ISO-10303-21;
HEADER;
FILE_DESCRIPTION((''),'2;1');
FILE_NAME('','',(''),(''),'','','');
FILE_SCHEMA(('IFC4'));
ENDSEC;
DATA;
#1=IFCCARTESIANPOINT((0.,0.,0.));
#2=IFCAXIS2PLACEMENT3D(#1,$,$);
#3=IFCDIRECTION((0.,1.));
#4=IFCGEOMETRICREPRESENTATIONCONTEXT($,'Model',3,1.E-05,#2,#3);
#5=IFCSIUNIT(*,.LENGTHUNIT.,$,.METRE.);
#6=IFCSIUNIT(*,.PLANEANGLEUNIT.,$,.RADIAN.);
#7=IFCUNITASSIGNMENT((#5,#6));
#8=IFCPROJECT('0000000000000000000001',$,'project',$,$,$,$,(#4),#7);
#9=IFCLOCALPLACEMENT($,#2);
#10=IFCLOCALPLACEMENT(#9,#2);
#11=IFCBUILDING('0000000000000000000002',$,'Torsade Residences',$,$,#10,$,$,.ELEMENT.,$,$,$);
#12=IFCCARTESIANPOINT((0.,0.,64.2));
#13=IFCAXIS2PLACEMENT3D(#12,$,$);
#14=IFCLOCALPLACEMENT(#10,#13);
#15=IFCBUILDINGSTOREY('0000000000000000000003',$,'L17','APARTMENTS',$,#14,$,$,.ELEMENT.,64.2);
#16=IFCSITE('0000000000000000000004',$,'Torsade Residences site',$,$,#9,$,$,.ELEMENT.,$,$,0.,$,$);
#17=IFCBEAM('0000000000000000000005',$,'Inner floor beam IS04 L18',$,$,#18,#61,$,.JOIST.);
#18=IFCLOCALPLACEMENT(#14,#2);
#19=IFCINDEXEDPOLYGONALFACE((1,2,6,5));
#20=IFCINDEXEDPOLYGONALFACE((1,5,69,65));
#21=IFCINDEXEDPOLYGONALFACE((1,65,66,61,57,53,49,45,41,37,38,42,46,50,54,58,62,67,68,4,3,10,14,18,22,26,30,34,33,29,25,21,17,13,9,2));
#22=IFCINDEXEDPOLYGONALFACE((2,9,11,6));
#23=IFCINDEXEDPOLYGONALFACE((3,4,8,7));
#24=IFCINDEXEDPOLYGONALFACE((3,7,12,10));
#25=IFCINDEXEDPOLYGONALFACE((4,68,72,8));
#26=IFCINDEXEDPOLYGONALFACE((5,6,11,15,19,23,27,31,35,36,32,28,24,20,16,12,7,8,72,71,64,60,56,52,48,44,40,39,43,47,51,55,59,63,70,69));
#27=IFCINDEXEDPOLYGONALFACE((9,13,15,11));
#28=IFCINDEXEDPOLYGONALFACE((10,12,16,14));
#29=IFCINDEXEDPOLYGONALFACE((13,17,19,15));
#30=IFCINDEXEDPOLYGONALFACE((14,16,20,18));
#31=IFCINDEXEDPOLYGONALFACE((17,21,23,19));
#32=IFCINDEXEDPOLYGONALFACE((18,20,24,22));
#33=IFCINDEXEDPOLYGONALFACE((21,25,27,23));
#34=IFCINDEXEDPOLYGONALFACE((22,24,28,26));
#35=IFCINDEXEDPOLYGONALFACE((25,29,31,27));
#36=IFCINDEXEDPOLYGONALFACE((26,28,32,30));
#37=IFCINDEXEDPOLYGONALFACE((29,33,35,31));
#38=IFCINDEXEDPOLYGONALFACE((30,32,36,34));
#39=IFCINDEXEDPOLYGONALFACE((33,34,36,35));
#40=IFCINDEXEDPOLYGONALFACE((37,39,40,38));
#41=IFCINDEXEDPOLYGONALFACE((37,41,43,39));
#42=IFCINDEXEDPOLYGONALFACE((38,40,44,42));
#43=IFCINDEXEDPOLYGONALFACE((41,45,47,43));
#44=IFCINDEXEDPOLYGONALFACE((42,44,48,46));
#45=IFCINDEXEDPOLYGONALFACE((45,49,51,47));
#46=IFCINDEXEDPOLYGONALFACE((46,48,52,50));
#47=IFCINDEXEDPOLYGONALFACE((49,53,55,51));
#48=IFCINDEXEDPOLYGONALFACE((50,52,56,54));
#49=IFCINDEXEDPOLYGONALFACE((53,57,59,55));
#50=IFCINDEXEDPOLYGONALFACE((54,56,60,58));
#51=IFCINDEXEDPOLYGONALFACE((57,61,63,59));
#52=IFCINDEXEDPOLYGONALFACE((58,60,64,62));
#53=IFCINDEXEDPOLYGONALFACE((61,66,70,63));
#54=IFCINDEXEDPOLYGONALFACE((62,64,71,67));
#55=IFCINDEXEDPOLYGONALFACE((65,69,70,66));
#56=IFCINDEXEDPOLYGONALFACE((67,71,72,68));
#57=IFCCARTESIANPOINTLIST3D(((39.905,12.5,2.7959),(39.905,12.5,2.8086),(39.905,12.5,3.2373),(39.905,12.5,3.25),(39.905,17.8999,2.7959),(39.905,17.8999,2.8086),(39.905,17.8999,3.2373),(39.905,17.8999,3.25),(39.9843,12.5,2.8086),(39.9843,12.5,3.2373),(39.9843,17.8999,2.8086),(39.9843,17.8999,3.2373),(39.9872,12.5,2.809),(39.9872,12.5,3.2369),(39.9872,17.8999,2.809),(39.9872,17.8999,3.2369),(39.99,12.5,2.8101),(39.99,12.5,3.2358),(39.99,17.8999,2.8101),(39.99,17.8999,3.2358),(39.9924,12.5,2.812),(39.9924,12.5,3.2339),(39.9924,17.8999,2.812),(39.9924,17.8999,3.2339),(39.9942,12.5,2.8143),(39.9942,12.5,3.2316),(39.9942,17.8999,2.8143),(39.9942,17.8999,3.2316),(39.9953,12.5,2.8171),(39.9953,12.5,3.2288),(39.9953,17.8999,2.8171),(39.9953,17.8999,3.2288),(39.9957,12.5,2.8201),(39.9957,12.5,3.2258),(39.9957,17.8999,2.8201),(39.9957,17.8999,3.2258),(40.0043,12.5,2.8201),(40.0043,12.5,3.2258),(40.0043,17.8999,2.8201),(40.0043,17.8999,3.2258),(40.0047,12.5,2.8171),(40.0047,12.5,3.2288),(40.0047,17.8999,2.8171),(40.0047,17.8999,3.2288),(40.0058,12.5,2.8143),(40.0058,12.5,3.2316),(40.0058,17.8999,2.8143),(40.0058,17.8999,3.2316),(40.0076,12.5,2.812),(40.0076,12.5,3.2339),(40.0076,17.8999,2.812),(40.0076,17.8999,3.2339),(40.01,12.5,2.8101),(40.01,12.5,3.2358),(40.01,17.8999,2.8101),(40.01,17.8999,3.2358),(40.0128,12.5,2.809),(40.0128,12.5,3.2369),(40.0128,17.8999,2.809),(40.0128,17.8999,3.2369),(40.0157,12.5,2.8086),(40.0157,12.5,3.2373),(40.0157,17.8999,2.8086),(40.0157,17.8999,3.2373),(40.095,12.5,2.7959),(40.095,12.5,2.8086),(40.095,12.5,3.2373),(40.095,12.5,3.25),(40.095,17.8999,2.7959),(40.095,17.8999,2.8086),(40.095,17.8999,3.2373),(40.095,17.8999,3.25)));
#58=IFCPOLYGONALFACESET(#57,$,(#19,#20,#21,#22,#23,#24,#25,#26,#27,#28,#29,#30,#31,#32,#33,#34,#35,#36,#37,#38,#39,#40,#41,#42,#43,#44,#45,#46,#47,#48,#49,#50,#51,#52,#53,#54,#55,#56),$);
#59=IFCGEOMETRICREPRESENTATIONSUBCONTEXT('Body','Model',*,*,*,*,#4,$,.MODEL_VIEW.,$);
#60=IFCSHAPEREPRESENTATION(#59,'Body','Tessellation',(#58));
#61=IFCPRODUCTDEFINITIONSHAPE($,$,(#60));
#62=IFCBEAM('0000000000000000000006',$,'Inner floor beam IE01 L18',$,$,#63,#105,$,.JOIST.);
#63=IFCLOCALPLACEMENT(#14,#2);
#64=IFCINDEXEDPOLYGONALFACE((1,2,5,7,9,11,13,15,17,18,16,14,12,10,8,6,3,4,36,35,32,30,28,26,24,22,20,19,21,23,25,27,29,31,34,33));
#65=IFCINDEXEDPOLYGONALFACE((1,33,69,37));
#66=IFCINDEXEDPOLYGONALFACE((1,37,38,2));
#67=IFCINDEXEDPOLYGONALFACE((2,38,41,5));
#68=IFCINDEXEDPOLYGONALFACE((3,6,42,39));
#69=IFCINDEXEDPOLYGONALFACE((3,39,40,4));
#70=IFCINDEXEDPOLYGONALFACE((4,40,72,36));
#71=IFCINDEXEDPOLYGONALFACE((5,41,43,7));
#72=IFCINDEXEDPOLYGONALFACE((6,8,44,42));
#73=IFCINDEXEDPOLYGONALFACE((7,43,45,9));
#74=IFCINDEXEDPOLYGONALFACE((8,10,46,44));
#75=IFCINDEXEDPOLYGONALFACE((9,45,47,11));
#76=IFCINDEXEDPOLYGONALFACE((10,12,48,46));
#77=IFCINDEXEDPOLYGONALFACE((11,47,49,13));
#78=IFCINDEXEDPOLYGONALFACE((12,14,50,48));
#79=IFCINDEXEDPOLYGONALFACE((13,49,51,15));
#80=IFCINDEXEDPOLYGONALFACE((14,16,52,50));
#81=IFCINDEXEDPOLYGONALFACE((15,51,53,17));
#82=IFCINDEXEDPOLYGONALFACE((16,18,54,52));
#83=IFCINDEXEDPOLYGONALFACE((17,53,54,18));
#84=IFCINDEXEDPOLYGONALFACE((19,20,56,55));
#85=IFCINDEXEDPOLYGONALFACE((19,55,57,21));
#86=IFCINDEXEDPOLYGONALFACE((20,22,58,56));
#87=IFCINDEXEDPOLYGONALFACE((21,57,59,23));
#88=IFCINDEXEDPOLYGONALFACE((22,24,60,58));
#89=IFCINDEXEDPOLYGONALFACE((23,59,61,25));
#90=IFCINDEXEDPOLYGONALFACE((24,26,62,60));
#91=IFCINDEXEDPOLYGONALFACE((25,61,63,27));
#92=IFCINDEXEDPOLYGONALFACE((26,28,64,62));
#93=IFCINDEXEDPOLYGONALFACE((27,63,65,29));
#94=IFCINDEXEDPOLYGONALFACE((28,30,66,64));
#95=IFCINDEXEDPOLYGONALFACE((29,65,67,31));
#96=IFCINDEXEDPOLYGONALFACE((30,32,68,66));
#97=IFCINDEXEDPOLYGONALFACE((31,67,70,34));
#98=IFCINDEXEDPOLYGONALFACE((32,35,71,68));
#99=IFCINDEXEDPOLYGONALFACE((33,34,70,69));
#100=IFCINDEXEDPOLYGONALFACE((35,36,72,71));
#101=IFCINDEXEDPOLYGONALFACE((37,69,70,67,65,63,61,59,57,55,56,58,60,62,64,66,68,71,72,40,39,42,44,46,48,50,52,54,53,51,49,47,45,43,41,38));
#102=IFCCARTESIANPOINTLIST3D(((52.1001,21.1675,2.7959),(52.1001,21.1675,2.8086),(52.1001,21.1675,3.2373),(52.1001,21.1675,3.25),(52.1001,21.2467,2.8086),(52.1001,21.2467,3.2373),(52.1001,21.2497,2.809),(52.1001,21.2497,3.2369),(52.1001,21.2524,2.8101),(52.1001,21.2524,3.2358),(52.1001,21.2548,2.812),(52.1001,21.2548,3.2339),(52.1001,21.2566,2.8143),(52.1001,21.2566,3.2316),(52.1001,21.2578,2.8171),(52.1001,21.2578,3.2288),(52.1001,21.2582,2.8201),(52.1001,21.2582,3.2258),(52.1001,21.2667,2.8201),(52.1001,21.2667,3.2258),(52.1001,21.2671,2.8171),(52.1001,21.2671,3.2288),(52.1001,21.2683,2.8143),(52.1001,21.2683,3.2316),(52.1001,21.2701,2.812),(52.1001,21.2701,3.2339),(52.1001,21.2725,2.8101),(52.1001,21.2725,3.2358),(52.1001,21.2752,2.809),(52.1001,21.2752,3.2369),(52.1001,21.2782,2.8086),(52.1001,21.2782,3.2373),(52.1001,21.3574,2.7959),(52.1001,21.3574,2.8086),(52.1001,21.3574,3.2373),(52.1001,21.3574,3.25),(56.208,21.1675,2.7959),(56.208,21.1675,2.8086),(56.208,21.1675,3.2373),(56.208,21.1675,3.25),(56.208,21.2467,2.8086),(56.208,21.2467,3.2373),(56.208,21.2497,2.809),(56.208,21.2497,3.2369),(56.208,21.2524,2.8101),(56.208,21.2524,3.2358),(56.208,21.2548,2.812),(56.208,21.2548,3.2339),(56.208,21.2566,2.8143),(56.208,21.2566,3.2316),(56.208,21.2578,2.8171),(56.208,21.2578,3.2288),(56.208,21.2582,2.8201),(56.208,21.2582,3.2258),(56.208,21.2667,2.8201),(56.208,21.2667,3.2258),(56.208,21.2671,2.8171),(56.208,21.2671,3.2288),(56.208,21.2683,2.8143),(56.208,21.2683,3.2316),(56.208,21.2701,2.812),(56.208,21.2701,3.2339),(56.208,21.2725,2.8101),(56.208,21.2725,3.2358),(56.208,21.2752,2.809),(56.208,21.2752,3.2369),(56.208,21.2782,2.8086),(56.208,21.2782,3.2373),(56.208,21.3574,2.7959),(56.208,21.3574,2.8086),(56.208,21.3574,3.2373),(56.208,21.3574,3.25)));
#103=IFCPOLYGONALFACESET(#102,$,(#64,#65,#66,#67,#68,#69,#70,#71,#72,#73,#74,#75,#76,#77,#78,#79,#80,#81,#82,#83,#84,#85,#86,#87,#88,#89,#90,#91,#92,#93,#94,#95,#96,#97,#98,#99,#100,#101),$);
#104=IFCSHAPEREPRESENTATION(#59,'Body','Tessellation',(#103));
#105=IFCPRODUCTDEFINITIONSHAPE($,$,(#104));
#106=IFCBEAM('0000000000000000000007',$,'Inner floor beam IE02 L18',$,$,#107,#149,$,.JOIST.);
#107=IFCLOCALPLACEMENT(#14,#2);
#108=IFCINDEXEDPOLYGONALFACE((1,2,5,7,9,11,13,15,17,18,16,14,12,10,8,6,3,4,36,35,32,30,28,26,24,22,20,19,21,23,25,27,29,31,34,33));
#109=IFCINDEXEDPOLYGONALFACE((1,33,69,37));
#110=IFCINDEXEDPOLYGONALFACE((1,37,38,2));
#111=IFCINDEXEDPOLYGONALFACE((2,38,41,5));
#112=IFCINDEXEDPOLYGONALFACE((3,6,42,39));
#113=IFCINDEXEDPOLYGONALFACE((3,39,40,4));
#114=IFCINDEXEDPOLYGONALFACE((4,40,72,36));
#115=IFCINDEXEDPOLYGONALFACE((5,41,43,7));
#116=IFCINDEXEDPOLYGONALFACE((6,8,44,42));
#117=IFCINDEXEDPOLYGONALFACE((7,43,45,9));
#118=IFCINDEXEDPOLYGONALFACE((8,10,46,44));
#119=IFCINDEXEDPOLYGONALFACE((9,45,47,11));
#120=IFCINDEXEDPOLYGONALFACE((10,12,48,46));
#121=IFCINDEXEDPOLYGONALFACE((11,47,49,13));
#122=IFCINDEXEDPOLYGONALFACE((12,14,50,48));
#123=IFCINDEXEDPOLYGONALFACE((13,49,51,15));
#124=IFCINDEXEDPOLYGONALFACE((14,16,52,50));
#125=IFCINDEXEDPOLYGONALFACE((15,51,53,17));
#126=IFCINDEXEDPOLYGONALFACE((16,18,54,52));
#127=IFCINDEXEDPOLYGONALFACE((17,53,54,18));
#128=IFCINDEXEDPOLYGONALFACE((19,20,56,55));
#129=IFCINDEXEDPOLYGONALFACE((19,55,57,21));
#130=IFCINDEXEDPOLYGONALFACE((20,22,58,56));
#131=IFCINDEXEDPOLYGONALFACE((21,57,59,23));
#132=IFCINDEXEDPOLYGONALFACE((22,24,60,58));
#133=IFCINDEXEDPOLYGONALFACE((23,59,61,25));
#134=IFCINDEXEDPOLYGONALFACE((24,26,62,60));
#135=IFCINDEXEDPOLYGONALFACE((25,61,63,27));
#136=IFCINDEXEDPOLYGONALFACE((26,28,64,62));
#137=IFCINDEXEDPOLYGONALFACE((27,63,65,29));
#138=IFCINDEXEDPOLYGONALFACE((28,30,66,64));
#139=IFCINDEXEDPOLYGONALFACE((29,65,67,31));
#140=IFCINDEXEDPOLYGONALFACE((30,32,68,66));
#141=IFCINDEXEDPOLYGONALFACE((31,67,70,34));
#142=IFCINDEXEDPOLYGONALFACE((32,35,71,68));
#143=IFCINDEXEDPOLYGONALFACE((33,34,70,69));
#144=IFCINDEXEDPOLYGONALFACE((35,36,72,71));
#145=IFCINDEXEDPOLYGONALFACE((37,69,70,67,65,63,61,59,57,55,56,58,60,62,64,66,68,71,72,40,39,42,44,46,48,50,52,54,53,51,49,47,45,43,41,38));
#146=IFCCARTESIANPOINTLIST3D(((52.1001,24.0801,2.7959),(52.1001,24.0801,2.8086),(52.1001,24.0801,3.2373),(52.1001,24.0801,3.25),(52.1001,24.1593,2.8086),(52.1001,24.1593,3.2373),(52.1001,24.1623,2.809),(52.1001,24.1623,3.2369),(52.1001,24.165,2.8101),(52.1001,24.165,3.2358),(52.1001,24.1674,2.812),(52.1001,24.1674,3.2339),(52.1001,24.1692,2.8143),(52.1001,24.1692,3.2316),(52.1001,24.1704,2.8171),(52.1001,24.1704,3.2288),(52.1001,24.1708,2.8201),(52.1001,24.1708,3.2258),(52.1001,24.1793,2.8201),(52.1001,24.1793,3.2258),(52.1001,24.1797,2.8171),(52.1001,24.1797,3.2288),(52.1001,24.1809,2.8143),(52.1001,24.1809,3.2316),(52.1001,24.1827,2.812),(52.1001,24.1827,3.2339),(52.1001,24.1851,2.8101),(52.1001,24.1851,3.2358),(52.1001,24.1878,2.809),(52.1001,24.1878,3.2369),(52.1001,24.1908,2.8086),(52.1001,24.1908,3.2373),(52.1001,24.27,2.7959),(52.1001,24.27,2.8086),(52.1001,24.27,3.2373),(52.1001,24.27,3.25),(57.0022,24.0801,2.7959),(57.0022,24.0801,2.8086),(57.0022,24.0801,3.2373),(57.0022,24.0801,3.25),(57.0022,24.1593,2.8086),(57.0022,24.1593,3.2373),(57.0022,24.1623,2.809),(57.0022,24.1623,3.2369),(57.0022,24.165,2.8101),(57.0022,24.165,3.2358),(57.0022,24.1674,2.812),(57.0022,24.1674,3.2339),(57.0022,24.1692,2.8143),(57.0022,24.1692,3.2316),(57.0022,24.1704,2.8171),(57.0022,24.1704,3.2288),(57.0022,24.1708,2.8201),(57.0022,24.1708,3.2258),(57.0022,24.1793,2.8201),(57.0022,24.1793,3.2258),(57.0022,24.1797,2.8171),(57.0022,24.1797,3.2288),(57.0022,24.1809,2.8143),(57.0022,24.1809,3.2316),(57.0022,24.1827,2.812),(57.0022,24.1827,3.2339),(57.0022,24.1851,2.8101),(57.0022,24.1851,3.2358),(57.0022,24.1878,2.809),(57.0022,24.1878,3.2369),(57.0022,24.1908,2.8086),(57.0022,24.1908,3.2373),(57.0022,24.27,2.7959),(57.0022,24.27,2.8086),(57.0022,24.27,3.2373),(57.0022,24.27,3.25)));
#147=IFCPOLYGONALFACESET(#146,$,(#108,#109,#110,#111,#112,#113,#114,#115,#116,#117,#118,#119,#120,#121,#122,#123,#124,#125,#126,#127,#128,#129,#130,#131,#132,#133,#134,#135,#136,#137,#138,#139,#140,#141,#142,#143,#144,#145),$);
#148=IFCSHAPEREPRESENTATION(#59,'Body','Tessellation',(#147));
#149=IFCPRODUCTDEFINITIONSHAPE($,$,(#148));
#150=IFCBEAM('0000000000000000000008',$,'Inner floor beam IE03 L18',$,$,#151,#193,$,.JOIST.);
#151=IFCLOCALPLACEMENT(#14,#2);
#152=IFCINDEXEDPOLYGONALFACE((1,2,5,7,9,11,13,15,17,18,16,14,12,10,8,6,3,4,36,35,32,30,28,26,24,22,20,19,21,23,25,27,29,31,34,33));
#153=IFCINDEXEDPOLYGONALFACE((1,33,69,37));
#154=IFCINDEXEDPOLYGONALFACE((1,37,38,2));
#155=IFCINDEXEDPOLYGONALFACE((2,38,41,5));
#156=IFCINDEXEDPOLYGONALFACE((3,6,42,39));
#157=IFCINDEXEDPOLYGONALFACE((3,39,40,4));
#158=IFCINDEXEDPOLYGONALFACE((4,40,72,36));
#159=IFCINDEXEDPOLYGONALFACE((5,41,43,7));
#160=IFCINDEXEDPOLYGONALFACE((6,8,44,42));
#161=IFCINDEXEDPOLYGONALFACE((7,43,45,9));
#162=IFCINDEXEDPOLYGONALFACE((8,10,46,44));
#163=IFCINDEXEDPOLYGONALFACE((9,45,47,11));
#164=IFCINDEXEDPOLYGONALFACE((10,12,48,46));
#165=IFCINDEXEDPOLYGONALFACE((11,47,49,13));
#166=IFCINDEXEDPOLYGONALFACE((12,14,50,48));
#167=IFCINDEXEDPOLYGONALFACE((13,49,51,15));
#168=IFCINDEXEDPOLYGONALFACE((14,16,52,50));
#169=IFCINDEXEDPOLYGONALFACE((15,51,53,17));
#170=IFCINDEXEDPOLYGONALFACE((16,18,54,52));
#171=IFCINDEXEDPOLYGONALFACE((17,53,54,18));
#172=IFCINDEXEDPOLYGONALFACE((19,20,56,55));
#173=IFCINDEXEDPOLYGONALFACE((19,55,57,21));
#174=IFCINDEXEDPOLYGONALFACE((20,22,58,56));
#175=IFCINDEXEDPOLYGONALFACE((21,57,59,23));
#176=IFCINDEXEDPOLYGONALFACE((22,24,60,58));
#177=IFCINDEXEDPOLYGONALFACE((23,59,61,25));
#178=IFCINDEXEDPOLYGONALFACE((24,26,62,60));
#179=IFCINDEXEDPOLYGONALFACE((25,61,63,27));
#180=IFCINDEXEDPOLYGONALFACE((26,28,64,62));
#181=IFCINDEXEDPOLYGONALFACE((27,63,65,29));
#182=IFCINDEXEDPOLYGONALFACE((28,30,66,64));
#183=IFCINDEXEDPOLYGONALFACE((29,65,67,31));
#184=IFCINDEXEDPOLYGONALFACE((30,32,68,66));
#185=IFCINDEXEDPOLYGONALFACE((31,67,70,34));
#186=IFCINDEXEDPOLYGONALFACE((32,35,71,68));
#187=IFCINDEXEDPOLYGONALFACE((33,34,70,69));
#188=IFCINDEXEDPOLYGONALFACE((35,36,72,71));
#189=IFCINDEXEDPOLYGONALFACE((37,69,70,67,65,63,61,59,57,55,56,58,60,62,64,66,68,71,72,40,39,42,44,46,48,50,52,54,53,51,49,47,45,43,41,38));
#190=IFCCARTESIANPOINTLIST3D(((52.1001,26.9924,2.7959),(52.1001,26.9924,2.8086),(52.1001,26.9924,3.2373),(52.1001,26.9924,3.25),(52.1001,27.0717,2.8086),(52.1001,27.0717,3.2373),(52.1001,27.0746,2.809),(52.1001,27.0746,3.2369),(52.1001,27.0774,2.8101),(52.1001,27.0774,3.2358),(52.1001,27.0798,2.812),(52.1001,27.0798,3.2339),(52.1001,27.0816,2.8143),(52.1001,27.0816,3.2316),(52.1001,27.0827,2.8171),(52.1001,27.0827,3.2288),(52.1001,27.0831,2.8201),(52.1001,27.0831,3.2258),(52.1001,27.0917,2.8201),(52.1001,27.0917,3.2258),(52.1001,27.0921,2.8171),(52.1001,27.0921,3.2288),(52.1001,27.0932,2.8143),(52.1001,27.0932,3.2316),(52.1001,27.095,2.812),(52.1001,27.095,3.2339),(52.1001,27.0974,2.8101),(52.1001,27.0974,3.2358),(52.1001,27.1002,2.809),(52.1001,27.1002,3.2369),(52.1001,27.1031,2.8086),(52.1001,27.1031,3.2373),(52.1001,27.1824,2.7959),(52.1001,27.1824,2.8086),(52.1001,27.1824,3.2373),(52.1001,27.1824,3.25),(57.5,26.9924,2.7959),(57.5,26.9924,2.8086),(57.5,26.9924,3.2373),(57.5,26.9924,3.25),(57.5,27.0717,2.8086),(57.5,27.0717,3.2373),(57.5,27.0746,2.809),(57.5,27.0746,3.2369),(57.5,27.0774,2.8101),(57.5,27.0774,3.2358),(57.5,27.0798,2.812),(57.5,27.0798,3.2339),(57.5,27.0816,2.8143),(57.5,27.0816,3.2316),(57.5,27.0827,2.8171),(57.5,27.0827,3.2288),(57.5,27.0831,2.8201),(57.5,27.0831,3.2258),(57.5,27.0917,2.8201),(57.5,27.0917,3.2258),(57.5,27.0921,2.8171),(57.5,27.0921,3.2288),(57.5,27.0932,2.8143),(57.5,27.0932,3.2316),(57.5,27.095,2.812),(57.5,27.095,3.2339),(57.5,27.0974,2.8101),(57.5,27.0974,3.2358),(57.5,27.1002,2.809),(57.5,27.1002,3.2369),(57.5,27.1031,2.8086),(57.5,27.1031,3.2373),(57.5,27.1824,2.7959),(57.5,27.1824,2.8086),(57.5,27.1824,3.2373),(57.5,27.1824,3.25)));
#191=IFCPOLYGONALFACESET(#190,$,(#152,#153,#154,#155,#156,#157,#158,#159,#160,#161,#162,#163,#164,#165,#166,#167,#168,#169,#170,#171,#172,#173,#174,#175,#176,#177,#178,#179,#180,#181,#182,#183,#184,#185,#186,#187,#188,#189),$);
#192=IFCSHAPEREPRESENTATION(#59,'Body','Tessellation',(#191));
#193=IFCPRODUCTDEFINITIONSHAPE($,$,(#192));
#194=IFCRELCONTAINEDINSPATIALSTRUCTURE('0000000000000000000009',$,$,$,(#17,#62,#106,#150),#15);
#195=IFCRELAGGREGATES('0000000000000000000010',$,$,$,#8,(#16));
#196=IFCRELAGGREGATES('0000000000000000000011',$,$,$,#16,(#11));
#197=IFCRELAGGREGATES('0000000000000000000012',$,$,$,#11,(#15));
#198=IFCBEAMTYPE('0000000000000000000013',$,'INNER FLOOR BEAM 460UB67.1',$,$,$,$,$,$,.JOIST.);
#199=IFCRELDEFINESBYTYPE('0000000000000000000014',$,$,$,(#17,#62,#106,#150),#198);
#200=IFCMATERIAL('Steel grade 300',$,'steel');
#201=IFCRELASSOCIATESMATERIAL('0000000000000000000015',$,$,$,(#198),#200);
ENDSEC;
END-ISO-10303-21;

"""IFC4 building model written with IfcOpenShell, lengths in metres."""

from ifc_helpers import new_model, si_unit, direction, frame, origin, origin_2d, place, context, subcontext, project, spatial, i_section, extrude, material, material_profile, profile_set, type_object, element, save


model = new_model("IFC4")

# Units and contexts
model_context = context("Model", 3, precision=1e-05, world=origin(), true_north=direction((0.0, 1.0)))
body_context = subcontext(model_context, "Body", "Model", "MODEL_VIEW")
ifc_project = project(units=[si_unit("LENGTHUNIT", "METRE"), si_unit("PLANEANGLEUNIT", "RADIAN")], contexts=[model_context])

# Site, building, storey
site_placement = place(None, origin())
site = spatial("IfcSite", under=ifc_project, at=site_placement, Name="Torsade Residences site", CompositionType="ELEMENT", RefElevation=0.0)
building_placement = place(site_placement, origin())
building = spatial("IfcBuilding", under=site, at=building_placement, Name="Torsade Residences", CompositionType="ELEMENT")
storey_placement = place(building_placement, frame((0.0, 0.0, 64.2)))
storey = spatial("IfcBuildingStorey", under=building, at=storey_placement, Name="L17", Description="APARTMENTS", CompositionType="ELEMENT", Elevation=64.2)

# Beams
ifc_material_1 = material(Name="Steel grade 300", Category="steel")
ifc_material_profile_1 = material_profile(ifc_material_1, i_section(OverallWidth=0.1899, OverallDepth=0.4541, WebThickness=0.0085, FlangeThickness=0.0127, FilletRadius=0.0115, at=origin_2d()), Name="460UB67.1")
ifc_profile_set_1 = profile_set([ifc_material_profile_1], Name="Steel grade 300")
beam_type_1 = type_object("IfcBeamType", Name="INNER FLOOR BEAM 460UB67.1", PredefinedType="JOIST", material=ifc_profile_set_1)
for number, where, z_axis, x_axis, name in (
    (1, (40.0, 17.8999, 3.0229), (0.0, -1.0, 0.0), (1.0, 0.0, 0.0), "Inner floor beam IS04 L18"),
):
    element("IfcBeam", number, at=place(storey_placement, frame(where, z_axis=z_axis, x_axis=x_axis)), inside=storey, type_object=beam_type_1, Name=name, PredefinedType="JOIST", context=body_context, shape_type="SweptSolid", body=[
        extrude(i_section(OverallWidth=0.1899, OverallDepth=0.4541, WebThickness=0.0085, FlangeThickness=0.0127, FilletRadius=0.0115, at=origin_2d()), origin(), (0.0, 0.0, 1.0), 5.3999),
    ])
beam_1_placement = place(storey_placement, frame((52.1001, 21.2625, 3.0229), z_axis=(1.0, 0.0, 0.0), x_axis=(0.0, 1.0, 0.0)))
element("IfcBeam", 2, at=beam_1_placement, inside=storey, type_object=beam_type_1, Name="Inner floor beam IE01 L18", PredefinedType="JOIST", context=body_context, shape_type="SweptSolid", body=[
    extrude(i_section(OverallWidth=0.1899, OverallDepth=0.4541, WebThickness=0.0085, FlangeThickness=0.0127, FilletRadius=0.0115, at=origin_2d()), origin(), (0.0, 0.0, 1.0), 4.1079),
])
beam_2_placement = place(storey_placement, frame((52.1001, 24.175, 3.0229), z_axis=(1.0, 0.0, 0.0), x_axis=(0.0, 1.0, 0.0)))
element("IfcBeam", 3, at=beam_2_placement, inside=storey, type_object=beam_type_1, Name="Inner floor beam IE02 L18", PredefinedType="JOIST", context=body_context, shape_type="SweptSolid", body=[
    extrude(i_section(OverallWidth=0.1899, OverallDepth=0.4541, WebThickness=0.0085, FlangeThickness=0.0127, FilletRadius=0.0115, at=origin_2d()), origin(), (0.0, 0.0, 1.0), 4.9021),
])
beam_3_placement = place(storey_placement, frame((52.1001, 27.0874, 3.0229), z_axis=(1.0, 0.0, 0.0), x_axis=(0.0, 1.0, 0.0)))
element("IfcBeam", 4, at=beam_3_placement, inside=storey, type_object=beam_type_1, Name="Inner floor beam IE03 L18", PredefinedType="JOIST", context=body_context, shape_type="SweptSolid", body=[
    extrude(i_section(OverallWidth=0.1899, OverallDepth=0.4541, WebThickness=0.0085, FlangeThickness=0.0127, FilletRadius=0.0115, at=origin_2d()), origin(), (0.0, 0.0, 1.0), 5.3999),
])

save(model, "model.ifc")
